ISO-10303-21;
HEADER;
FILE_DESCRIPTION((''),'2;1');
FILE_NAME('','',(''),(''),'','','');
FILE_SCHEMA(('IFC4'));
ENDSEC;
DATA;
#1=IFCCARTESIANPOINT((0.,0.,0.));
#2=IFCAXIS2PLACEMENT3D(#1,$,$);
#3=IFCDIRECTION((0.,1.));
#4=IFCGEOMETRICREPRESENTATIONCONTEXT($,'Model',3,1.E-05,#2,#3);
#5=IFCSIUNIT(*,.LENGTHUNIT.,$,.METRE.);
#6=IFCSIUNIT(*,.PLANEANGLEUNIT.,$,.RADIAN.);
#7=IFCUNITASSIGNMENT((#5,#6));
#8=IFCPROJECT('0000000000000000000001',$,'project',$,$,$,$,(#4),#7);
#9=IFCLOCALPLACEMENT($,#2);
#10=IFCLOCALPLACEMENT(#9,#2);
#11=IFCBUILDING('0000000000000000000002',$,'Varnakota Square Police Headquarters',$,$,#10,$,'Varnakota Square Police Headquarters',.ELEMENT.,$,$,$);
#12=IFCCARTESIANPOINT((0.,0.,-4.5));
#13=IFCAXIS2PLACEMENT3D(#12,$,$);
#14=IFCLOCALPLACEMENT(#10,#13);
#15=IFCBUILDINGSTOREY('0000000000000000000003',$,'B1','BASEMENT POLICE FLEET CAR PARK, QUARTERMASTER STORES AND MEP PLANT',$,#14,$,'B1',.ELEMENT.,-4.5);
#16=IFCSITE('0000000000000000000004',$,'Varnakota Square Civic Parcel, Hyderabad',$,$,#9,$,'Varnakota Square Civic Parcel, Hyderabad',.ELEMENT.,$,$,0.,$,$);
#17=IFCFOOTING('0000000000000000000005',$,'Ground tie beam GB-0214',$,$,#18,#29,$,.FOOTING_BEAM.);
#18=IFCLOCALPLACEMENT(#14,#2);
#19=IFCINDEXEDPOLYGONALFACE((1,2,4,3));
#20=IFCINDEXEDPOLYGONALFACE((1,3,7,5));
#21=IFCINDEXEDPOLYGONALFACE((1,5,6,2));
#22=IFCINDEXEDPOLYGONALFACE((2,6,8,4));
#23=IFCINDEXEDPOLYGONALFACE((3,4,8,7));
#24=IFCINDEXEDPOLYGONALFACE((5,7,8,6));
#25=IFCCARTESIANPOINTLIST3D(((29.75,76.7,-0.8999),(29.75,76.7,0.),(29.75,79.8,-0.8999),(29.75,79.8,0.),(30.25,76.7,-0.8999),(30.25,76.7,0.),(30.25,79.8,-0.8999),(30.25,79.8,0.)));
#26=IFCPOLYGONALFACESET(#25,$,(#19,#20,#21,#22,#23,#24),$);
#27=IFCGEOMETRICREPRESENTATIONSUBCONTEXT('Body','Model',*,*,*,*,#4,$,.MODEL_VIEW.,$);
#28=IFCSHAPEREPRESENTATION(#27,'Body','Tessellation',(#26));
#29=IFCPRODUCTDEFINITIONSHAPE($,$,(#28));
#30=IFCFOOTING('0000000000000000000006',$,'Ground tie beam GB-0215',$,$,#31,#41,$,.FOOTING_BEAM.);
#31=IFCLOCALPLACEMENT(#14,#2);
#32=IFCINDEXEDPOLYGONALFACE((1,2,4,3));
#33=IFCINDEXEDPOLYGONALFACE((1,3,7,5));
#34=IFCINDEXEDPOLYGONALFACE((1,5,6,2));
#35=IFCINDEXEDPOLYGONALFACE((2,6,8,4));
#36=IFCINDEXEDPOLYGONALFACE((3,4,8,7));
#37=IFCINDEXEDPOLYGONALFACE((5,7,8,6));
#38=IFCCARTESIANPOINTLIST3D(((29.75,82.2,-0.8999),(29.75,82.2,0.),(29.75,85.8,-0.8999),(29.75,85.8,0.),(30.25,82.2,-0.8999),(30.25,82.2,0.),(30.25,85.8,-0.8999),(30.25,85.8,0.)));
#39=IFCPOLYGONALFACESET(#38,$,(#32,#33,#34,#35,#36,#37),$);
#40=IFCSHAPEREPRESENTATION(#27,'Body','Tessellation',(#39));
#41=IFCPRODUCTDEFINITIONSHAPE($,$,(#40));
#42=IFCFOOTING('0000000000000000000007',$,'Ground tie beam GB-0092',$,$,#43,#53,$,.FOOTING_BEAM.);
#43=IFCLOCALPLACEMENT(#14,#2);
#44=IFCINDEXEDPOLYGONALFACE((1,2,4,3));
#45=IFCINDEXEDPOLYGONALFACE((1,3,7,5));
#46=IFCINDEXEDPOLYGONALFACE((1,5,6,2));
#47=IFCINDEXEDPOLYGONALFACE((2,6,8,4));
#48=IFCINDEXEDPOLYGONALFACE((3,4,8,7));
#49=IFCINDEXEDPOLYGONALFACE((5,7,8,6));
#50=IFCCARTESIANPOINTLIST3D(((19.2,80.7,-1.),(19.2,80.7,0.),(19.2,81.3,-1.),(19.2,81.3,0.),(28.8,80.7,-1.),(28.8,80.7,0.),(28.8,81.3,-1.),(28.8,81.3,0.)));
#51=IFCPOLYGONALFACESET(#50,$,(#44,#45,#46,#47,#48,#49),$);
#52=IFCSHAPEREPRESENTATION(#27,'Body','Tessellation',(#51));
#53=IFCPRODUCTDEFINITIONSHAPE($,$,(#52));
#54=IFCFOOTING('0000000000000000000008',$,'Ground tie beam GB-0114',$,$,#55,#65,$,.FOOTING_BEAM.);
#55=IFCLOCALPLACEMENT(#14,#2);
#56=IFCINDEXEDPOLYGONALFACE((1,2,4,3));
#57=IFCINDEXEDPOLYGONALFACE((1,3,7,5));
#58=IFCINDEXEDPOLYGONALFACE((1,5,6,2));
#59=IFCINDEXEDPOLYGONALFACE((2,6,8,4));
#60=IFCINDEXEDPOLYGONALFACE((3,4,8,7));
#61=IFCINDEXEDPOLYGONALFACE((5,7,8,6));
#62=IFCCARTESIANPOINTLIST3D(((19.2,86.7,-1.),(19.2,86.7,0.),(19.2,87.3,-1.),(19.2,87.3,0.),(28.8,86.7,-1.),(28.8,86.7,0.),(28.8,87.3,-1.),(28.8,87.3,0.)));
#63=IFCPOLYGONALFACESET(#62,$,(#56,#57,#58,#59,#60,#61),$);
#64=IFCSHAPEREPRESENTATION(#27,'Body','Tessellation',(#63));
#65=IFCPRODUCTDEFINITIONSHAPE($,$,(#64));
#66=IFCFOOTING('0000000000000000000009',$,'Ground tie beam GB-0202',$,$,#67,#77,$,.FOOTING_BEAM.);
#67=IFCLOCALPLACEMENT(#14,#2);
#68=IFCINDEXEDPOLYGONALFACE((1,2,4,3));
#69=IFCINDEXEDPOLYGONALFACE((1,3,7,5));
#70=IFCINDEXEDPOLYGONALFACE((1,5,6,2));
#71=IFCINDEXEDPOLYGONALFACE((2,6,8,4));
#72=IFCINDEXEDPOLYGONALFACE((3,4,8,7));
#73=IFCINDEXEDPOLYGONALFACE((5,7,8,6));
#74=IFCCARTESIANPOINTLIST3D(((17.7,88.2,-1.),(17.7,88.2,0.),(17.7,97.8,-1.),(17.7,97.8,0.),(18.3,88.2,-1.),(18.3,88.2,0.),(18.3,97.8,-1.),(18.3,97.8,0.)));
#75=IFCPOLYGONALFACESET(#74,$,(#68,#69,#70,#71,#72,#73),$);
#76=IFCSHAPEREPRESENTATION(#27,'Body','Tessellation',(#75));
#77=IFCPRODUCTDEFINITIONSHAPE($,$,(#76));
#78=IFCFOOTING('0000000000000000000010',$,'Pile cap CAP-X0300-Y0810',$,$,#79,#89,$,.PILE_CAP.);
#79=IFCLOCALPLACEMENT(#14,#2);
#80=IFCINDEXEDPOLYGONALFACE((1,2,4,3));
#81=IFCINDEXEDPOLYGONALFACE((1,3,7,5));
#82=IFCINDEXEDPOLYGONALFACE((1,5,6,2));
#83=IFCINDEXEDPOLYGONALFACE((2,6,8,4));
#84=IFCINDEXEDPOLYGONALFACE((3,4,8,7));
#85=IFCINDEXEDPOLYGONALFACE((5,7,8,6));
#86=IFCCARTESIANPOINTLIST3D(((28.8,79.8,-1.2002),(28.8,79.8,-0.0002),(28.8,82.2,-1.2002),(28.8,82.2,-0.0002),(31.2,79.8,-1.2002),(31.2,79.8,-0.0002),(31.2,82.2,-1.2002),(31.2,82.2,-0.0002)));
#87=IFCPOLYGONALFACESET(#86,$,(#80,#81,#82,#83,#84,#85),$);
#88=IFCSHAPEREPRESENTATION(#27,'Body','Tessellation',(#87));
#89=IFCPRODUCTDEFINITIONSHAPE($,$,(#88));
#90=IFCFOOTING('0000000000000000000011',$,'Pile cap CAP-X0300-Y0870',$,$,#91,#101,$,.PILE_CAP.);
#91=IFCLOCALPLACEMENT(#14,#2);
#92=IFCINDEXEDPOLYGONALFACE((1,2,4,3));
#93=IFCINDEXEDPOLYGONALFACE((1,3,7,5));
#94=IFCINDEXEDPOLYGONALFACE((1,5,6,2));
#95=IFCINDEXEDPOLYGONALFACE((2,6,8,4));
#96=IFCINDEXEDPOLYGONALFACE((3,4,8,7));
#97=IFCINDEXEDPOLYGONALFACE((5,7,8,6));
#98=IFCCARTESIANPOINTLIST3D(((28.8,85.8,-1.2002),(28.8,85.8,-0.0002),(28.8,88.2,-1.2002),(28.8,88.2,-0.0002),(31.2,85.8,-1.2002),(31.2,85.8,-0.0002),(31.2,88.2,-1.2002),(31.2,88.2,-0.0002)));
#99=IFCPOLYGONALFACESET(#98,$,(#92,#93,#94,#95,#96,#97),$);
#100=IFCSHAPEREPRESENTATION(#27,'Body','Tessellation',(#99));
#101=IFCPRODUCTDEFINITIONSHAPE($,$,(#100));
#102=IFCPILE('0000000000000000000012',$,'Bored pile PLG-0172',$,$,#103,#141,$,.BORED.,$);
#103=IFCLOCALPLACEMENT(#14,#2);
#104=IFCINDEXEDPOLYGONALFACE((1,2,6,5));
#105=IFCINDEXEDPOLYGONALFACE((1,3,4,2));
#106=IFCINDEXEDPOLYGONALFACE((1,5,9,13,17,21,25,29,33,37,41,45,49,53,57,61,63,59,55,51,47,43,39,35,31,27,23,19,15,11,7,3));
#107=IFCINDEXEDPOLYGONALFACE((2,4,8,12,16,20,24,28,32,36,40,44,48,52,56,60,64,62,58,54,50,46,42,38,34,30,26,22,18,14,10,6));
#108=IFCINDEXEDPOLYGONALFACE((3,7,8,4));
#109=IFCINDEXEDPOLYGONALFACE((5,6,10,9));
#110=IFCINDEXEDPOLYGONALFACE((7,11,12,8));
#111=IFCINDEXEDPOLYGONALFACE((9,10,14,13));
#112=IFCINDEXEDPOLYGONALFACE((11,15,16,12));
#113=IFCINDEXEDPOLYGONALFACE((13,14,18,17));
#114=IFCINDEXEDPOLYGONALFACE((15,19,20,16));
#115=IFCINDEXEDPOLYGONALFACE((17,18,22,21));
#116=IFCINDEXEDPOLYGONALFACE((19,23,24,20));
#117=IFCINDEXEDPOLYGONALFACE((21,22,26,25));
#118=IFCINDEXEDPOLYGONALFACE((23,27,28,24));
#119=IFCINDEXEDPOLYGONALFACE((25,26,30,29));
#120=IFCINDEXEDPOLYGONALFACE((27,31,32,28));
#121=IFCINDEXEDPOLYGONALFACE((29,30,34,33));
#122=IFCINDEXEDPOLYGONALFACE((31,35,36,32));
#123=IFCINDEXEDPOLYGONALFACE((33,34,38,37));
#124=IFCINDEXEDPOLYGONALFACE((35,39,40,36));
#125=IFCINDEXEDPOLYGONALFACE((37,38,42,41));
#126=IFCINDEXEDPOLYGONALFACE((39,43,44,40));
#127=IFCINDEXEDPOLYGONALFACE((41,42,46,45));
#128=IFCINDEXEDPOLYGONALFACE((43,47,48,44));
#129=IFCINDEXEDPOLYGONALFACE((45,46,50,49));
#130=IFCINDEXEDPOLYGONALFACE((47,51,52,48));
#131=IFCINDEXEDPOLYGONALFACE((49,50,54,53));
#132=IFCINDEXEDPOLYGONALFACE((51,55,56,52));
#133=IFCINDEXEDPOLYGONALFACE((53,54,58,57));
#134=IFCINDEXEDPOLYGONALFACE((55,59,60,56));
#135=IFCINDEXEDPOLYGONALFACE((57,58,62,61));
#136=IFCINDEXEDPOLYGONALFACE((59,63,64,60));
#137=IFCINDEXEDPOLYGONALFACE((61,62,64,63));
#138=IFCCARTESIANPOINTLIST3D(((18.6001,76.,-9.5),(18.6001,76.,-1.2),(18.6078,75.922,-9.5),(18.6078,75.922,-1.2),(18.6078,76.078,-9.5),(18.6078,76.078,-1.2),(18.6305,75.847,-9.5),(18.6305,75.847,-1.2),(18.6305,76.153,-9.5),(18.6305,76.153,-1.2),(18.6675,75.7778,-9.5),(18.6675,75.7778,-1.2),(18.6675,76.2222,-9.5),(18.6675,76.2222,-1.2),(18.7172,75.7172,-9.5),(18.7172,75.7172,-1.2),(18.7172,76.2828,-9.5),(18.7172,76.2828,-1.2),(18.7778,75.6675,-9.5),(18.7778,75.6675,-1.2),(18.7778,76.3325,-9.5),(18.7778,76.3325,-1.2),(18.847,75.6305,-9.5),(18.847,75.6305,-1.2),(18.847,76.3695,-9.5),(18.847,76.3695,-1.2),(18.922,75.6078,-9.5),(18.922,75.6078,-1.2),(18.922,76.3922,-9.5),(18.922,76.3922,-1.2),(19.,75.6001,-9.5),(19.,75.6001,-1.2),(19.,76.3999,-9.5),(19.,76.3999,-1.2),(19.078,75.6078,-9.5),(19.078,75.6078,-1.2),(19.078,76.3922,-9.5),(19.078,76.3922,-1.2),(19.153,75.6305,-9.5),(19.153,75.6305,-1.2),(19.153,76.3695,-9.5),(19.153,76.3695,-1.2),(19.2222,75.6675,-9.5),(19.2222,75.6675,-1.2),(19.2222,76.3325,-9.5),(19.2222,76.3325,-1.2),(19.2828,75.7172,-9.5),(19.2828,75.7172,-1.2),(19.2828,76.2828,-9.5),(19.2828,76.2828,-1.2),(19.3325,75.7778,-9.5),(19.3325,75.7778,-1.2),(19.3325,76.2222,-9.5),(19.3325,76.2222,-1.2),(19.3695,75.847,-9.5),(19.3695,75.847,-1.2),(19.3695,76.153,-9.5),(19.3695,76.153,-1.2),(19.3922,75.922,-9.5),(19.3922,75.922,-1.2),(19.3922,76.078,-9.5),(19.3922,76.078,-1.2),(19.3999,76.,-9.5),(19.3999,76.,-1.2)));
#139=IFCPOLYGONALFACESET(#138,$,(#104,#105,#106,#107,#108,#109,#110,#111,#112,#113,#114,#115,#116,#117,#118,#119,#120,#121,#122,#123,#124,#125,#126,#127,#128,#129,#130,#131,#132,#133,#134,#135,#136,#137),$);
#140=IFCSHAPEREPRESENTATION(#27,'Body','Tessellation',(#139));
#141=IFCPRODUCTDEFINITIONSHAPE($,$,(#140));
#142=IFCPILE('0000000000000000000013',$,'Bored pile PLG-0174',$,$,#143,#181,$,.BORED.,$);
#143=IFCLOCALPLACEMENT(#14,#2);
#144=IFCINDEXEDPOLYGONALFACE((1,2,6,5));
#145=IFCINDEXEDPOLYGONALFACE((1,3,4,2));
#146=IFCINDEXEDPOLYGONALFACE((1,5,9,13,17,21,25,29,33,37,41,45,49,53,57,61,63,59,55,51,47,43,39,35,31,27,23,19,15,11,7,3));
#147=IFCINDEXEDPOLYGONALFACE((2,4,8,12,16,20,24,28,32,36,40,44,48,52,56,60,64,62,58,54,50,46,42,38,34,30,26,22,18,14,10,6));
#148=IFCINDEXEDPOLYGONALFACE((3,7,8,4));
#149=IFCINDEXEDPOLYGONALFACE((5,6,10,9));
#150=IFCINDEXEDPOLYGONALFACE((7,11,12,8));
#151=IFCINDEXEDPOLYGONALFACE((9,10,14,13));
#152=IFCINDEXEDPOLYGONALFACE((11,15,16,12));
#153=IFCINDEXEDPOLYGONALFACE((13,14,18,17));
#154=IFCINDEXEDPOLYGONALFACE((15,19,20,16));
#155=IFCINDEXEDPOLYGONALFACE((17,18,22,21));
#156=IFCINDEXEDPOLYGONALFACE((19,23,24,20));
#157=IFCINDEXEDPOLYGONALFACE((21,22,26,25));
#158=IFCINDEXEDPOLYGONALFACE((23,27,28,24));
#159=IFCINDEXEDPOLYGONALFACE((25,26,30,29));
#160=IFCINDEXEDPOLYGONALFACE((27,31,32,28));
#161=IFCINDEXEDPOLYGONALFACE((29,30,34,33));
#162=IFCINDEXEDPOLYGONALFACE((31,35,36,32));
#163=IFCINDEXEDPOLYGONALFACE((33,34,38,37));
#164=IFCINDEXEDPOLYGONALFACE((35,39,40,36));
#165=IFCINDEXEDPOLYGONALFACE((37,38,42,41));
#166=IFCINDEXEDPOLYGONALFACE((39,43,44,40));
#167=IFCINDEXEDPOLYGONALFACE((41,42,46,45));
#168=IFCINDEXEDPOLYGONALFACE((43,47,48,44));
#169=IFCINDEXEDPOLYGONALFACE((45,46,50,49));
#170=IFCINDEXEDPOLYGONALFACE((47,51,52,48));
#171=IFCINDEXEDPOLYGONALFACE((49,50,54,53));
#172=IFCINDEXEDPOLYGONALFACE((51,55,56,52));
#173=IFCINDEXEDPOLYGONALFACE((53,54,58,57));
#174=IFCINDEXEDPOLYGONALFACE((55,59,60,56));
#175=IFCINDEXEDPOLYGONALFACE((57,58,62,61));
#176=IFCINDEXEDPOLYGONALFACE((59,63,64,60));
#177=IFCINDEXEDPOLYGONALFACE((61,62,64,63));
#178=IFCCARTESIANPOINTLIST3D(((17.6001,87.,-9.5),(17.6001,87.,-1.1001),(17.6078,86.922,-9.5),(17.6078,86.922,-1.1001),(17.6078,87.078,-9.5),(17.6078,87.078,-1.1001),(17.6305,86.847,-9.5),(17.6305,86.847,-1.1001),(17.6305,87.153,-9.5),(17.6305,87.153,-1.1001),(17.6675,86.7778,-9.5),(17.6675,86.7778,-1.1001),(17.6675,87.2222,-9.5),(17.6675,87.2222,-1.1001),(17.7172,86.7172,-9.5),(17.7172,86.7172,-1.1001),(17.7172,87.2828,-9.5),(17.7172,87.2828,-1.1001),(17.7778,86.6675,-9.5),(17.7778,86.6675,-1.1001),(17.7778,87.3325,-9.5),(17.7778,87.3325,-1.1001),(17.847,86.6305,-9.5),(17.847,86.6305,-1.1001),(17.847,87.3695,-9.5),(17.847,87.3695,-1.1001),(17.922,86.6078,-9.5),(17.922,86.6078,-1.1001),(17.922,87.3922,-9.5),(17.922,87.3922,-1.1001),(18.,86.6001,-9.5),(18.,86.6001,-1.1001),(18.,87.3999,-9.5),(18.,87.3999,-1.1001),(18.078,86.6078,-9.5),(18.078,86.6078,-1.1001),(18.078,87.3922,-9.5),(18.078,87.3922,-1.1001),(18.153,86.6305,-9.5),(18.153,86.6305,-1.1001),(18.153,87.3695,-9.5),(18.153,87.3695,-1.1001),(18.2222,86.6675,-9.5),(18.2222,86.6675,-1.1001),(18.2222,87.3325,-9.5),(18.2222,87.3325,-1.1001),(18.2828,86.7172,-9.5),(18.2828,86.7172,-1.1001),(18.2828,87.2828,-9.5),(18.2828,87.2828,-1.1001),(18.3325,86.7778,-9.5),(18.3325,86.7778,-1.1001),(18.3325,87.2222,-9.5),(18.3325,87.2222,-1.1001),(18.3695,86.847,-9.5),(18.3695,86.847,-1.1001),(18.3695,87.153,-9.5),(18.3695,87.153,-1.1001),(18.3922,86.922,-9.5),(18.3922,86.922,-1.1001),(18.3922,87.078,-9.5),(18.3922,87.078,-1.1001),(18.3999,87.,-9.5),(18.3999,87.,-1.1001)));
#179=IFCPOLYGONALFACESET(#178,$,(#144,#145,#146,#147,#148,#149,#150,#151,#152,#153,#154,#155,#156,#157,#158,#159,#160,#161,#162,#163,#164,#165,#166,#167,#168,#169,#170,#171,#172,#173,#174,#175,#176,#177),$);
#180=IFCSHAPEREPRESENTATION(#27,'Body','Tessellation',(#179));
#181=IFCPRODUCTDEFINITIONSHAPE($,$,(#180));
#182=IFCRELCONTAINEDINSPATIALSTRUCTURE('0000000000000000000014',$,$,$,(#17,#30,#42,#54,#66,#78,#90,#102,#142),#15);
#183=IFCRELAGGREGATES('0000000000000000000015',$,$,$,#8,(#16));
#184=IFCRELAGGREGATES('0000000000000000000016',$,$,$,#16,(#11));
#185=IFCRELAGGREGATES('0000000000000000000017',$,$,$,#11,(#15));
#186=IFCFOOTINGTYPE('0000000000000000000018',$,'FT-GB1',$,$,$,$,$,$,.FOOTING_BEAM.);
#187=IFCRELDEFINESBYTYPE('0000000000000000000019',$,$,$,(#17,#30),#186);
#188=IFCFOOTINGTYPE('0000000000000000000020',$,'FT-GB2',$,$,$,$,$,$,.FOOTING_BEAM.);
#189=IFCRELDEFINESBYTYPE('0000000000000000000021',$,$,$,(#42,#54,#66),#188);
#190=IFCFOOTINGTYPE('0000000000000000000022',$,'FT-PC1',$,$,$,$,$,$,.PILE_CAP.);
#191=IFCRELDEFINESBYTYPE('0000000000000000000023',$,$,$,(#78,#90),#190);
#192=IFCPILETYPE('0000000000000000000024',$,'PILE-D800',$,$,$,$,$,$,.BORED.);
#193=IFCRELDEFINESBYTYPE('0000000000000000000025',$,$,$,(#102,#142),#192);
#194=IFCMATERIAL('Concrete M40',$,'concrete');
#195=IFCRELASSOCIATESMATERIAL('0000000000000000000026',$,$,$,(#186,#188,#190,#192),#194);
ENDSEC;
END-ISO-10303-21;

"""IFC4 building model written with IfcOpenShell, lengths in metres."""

from ifc_helpers import new_model, si_unit, direction, frame, origin, origin_2d, place, context, subcontext, project, spatial, rectangle, circle, extrude, material, material_profile, profile_set, type_object, element, save


model = new_model("IFC4")

# Units and contexts
model_context = context("Model", 3, precision=1e-05, world=origin(), true_north=direction((0.0, 1.0)))
body_context = subcontext(model_context, "Body", "Model", "MODEL_VIEW")
ifc_project = project(units=[si_unit("LENGTHUNIT", "METRE"), si_unit("PLANEANGLEUNIT", "RADIAN")], contexts=[model_context])

# Site, building, storey
site_placement = place(None, origin())
site = spatial("IfcSite", under=ifc_project, at=site_placement, Name="Varnakota Square Civic Parcel, Hyderabad", LongName="Varnakota Square Civic Parcel, Hyderabad", CompositionType="ELEMENT", RefElevation=0.0)
building_placement = place(site_placement, origin())
building = spatial("IfcBuilding", under=site, at=building_placement, Name="Varnakota Square Police Headquarters", LongName="Varnakota Square Police Headquarters", CompositionType="ELEMENT")
storey_placement = place(building_placement, frame((0.0, 0.0, -4.5)))
storey = spatial("IfcBuildingStorey", under=building, at=storey_placement, Name="B1", Description="BASEMENT POLICE FLEET CAR PARK, QUARTERMASTER STORES AND MEP PLANT", LongName="B1", CompositionType="ELEMENT", Elevation=-4.5)

# Footings
ifc_material_1 = material(Name="Concrete M40", Category="concrete")
ifc_material_profile_1 = material_profile(ifc_material_1, rectangle(XDim=0.5, YDim=0.8999, at=origin_2d()), Name="GB 500x900")
ifc_profile_set_1 = profile_set([ifc_material_profile_1], Name="Concrete M40")
footing_type_1 = type_object("IfcFootingType", Name="FT-GB1", PredefinedType="FOOTING_BEAM", material=ifc_profile_set_1)
footing_1_placement = place(storey_placement, frame((30.0, 76.7, -0.45), z_axis=(0.0, 1.0, 0.0), x_axis=(-1.0, 0.0, 0.0)))
element("IfcFooting", 1, at=footing_1_placement, inside=storey, type_object=footing_type_1, Name="Ground tie beam GB-0214", PredefinedType="FOOTING_BEAM", context=body_context, shape_type="SweptSolid", body=[
    extrude(rectangle(XDim=0.5, YDim=0.8999, at=origin_2d()), origin(), (0.0, 0.0, 1.0), 3.1001),
])
footing_2_placement = place(storey_placement, frame((30.0, 82.2, -0.45), z_axis=(0.0, 1.0, 0.0), x_axis=(-1.0, 0.0, 0.0)))
element("IfcFooting", 2, at=footing_2_placement, inside=storey, type_object=footing_type_1, Name="Ground tie beam GB-0215", PredefinedType="FOOTING_BEAM", context=body_context, shape_type="SweptSolid", body=[
    extrude(rectangle(XDim=0.5, YDim=0.8999, at=origin_2d()), origin(), (0.0, 0.0, 1.0), 3.6001),
])
ifc_material_profile_2 = material_profile(ifc_material_1, rectangle(XDim=0.6001, YDim=1.0, at=origin_2d()), Name="GB 600x1000")
ifc_profile_set_2 = profile_set([ifc_material_profile_2], Name="Concrete M40")
footing_type_2 = type_object("IfcFootingType", Name="FT-GB2", PredefinedType="FOOTING_BEAM", material=ifc_profile_set_2)
for number, where, z_axis, x_axis, name in (
    (3, (19.2, 81.0, -0.5), (1.0, 0.0, 0.0), (0.0, 1.0, 0.0), "Ground tie beam GB-0092"),
    (4, (19.2, 87.0, -0.5), (1.0, 0.0, 0.0), (0.0, 1.0, 0.0), "Ground tie beam GB-0114"),
    (5, (18.0, 88.2, -0.5), (0.0, 1.0, 0.0), (-1.0, 0.0, 0.0), "Ground tie beam GB-0202"),
):
    element("IfcFooting", number, at=place(storey_placement, frame(where, z_axis=z_axis, x_axis=x_axis)), inside=storey, type_object=footing_type_2, Name=name, PredefinedType="FOOTING_BEAM", context=body_context, shape_type="SweptSolid", body=[
        extrude(rectangle(XDim=0.6001, YDim=1.0, at=origin_2d()), origin(), (0.0, 0.0, 1.0), 9.6001),
    ])
footing_type_3 = type_object("IfcFootingType", Name="FT-PC1", PredefinedType="PILE_CAP", material=ifc_material_1)
for number, where, z_axis, x_axis, name in (
    (6, (30.0, 81.0, -1.2002), (0.0, 0.0, 1.0), (1.0, 0.0, 0.0), "Pile cap CAP-X0300-Y0810"),
    (7, (30.0, 87.0, -1.2002), (0.0, 0.0, 1.0), (1.0, 0.0, 0.0), "Pile cap CAP-X0300-Y0870"),
):
    element("IfcFooting", number, at=place(storey_placement, frame(where, z_axis=z_axis, x_axis=x_axis)), inside=storey, type_object=footing_type_3, Name=name, PredefinedType="PILE_CAP", context=body_context, shape_type="SweptSolid", body=[
        extrude(rectangle(XDim=2.3999, YDim=2.3999, at=origin_2d()), origin(), (0.0, 0.0, 1.0), 1.2),
    ])

# Piles
ifc_material_profile_3 = material_profile(ifc_material_1, circle(Radius=0.3999, at=origin_2d()), Name="BORED PILE 800")
ifc_profile_set_3 = profile_set([ifc_material_profile_3], Name="Concrete M40")
pile_type = type_object("IfcPileType", Name="PILE-D800", PredefinedType="BORED", material=ifc_profile_set_3)
pile_1_placement = place(storey_placement, frame((19.0, 76.0, -1.2), z_axis=(0.0, 0.0, -1.0), x_axis=(1.0, 0.0, 0.0)))
element("IfcPile", 8, at=pile_1_placement, inside=storey, type_object=pile_type, Name="Bored pile PLG-0172", PredefinedType="BORED", context=body_context, shape_type="SweptSolid", body=[
    extrude(circle(Radius=0.3999, at=origin_2d()), origin(), (0.0, 0.0, 1.0), 8.3),
])
pile_2_placement = place(storey_placement, frame((18.0, 87.0, -1.1001), z_axis=(0.0, 0.0, -1.0), x_axis=(1.0, 0.0, 0.0)))
element("IfcPile", 9, at=pile_2_placement, inside=storey, type_object=pile_type, Name="Bored pile PLG-0174", PredefinedType="BORED", context=body_context, shape_type="SweptSolid", body=[
    extrude(circle(Radius=0.3999, at=origin_2d()), origin(), (0.0, 0.0, 1.0), 8.3999),
])

save(model, "model.ifc")
